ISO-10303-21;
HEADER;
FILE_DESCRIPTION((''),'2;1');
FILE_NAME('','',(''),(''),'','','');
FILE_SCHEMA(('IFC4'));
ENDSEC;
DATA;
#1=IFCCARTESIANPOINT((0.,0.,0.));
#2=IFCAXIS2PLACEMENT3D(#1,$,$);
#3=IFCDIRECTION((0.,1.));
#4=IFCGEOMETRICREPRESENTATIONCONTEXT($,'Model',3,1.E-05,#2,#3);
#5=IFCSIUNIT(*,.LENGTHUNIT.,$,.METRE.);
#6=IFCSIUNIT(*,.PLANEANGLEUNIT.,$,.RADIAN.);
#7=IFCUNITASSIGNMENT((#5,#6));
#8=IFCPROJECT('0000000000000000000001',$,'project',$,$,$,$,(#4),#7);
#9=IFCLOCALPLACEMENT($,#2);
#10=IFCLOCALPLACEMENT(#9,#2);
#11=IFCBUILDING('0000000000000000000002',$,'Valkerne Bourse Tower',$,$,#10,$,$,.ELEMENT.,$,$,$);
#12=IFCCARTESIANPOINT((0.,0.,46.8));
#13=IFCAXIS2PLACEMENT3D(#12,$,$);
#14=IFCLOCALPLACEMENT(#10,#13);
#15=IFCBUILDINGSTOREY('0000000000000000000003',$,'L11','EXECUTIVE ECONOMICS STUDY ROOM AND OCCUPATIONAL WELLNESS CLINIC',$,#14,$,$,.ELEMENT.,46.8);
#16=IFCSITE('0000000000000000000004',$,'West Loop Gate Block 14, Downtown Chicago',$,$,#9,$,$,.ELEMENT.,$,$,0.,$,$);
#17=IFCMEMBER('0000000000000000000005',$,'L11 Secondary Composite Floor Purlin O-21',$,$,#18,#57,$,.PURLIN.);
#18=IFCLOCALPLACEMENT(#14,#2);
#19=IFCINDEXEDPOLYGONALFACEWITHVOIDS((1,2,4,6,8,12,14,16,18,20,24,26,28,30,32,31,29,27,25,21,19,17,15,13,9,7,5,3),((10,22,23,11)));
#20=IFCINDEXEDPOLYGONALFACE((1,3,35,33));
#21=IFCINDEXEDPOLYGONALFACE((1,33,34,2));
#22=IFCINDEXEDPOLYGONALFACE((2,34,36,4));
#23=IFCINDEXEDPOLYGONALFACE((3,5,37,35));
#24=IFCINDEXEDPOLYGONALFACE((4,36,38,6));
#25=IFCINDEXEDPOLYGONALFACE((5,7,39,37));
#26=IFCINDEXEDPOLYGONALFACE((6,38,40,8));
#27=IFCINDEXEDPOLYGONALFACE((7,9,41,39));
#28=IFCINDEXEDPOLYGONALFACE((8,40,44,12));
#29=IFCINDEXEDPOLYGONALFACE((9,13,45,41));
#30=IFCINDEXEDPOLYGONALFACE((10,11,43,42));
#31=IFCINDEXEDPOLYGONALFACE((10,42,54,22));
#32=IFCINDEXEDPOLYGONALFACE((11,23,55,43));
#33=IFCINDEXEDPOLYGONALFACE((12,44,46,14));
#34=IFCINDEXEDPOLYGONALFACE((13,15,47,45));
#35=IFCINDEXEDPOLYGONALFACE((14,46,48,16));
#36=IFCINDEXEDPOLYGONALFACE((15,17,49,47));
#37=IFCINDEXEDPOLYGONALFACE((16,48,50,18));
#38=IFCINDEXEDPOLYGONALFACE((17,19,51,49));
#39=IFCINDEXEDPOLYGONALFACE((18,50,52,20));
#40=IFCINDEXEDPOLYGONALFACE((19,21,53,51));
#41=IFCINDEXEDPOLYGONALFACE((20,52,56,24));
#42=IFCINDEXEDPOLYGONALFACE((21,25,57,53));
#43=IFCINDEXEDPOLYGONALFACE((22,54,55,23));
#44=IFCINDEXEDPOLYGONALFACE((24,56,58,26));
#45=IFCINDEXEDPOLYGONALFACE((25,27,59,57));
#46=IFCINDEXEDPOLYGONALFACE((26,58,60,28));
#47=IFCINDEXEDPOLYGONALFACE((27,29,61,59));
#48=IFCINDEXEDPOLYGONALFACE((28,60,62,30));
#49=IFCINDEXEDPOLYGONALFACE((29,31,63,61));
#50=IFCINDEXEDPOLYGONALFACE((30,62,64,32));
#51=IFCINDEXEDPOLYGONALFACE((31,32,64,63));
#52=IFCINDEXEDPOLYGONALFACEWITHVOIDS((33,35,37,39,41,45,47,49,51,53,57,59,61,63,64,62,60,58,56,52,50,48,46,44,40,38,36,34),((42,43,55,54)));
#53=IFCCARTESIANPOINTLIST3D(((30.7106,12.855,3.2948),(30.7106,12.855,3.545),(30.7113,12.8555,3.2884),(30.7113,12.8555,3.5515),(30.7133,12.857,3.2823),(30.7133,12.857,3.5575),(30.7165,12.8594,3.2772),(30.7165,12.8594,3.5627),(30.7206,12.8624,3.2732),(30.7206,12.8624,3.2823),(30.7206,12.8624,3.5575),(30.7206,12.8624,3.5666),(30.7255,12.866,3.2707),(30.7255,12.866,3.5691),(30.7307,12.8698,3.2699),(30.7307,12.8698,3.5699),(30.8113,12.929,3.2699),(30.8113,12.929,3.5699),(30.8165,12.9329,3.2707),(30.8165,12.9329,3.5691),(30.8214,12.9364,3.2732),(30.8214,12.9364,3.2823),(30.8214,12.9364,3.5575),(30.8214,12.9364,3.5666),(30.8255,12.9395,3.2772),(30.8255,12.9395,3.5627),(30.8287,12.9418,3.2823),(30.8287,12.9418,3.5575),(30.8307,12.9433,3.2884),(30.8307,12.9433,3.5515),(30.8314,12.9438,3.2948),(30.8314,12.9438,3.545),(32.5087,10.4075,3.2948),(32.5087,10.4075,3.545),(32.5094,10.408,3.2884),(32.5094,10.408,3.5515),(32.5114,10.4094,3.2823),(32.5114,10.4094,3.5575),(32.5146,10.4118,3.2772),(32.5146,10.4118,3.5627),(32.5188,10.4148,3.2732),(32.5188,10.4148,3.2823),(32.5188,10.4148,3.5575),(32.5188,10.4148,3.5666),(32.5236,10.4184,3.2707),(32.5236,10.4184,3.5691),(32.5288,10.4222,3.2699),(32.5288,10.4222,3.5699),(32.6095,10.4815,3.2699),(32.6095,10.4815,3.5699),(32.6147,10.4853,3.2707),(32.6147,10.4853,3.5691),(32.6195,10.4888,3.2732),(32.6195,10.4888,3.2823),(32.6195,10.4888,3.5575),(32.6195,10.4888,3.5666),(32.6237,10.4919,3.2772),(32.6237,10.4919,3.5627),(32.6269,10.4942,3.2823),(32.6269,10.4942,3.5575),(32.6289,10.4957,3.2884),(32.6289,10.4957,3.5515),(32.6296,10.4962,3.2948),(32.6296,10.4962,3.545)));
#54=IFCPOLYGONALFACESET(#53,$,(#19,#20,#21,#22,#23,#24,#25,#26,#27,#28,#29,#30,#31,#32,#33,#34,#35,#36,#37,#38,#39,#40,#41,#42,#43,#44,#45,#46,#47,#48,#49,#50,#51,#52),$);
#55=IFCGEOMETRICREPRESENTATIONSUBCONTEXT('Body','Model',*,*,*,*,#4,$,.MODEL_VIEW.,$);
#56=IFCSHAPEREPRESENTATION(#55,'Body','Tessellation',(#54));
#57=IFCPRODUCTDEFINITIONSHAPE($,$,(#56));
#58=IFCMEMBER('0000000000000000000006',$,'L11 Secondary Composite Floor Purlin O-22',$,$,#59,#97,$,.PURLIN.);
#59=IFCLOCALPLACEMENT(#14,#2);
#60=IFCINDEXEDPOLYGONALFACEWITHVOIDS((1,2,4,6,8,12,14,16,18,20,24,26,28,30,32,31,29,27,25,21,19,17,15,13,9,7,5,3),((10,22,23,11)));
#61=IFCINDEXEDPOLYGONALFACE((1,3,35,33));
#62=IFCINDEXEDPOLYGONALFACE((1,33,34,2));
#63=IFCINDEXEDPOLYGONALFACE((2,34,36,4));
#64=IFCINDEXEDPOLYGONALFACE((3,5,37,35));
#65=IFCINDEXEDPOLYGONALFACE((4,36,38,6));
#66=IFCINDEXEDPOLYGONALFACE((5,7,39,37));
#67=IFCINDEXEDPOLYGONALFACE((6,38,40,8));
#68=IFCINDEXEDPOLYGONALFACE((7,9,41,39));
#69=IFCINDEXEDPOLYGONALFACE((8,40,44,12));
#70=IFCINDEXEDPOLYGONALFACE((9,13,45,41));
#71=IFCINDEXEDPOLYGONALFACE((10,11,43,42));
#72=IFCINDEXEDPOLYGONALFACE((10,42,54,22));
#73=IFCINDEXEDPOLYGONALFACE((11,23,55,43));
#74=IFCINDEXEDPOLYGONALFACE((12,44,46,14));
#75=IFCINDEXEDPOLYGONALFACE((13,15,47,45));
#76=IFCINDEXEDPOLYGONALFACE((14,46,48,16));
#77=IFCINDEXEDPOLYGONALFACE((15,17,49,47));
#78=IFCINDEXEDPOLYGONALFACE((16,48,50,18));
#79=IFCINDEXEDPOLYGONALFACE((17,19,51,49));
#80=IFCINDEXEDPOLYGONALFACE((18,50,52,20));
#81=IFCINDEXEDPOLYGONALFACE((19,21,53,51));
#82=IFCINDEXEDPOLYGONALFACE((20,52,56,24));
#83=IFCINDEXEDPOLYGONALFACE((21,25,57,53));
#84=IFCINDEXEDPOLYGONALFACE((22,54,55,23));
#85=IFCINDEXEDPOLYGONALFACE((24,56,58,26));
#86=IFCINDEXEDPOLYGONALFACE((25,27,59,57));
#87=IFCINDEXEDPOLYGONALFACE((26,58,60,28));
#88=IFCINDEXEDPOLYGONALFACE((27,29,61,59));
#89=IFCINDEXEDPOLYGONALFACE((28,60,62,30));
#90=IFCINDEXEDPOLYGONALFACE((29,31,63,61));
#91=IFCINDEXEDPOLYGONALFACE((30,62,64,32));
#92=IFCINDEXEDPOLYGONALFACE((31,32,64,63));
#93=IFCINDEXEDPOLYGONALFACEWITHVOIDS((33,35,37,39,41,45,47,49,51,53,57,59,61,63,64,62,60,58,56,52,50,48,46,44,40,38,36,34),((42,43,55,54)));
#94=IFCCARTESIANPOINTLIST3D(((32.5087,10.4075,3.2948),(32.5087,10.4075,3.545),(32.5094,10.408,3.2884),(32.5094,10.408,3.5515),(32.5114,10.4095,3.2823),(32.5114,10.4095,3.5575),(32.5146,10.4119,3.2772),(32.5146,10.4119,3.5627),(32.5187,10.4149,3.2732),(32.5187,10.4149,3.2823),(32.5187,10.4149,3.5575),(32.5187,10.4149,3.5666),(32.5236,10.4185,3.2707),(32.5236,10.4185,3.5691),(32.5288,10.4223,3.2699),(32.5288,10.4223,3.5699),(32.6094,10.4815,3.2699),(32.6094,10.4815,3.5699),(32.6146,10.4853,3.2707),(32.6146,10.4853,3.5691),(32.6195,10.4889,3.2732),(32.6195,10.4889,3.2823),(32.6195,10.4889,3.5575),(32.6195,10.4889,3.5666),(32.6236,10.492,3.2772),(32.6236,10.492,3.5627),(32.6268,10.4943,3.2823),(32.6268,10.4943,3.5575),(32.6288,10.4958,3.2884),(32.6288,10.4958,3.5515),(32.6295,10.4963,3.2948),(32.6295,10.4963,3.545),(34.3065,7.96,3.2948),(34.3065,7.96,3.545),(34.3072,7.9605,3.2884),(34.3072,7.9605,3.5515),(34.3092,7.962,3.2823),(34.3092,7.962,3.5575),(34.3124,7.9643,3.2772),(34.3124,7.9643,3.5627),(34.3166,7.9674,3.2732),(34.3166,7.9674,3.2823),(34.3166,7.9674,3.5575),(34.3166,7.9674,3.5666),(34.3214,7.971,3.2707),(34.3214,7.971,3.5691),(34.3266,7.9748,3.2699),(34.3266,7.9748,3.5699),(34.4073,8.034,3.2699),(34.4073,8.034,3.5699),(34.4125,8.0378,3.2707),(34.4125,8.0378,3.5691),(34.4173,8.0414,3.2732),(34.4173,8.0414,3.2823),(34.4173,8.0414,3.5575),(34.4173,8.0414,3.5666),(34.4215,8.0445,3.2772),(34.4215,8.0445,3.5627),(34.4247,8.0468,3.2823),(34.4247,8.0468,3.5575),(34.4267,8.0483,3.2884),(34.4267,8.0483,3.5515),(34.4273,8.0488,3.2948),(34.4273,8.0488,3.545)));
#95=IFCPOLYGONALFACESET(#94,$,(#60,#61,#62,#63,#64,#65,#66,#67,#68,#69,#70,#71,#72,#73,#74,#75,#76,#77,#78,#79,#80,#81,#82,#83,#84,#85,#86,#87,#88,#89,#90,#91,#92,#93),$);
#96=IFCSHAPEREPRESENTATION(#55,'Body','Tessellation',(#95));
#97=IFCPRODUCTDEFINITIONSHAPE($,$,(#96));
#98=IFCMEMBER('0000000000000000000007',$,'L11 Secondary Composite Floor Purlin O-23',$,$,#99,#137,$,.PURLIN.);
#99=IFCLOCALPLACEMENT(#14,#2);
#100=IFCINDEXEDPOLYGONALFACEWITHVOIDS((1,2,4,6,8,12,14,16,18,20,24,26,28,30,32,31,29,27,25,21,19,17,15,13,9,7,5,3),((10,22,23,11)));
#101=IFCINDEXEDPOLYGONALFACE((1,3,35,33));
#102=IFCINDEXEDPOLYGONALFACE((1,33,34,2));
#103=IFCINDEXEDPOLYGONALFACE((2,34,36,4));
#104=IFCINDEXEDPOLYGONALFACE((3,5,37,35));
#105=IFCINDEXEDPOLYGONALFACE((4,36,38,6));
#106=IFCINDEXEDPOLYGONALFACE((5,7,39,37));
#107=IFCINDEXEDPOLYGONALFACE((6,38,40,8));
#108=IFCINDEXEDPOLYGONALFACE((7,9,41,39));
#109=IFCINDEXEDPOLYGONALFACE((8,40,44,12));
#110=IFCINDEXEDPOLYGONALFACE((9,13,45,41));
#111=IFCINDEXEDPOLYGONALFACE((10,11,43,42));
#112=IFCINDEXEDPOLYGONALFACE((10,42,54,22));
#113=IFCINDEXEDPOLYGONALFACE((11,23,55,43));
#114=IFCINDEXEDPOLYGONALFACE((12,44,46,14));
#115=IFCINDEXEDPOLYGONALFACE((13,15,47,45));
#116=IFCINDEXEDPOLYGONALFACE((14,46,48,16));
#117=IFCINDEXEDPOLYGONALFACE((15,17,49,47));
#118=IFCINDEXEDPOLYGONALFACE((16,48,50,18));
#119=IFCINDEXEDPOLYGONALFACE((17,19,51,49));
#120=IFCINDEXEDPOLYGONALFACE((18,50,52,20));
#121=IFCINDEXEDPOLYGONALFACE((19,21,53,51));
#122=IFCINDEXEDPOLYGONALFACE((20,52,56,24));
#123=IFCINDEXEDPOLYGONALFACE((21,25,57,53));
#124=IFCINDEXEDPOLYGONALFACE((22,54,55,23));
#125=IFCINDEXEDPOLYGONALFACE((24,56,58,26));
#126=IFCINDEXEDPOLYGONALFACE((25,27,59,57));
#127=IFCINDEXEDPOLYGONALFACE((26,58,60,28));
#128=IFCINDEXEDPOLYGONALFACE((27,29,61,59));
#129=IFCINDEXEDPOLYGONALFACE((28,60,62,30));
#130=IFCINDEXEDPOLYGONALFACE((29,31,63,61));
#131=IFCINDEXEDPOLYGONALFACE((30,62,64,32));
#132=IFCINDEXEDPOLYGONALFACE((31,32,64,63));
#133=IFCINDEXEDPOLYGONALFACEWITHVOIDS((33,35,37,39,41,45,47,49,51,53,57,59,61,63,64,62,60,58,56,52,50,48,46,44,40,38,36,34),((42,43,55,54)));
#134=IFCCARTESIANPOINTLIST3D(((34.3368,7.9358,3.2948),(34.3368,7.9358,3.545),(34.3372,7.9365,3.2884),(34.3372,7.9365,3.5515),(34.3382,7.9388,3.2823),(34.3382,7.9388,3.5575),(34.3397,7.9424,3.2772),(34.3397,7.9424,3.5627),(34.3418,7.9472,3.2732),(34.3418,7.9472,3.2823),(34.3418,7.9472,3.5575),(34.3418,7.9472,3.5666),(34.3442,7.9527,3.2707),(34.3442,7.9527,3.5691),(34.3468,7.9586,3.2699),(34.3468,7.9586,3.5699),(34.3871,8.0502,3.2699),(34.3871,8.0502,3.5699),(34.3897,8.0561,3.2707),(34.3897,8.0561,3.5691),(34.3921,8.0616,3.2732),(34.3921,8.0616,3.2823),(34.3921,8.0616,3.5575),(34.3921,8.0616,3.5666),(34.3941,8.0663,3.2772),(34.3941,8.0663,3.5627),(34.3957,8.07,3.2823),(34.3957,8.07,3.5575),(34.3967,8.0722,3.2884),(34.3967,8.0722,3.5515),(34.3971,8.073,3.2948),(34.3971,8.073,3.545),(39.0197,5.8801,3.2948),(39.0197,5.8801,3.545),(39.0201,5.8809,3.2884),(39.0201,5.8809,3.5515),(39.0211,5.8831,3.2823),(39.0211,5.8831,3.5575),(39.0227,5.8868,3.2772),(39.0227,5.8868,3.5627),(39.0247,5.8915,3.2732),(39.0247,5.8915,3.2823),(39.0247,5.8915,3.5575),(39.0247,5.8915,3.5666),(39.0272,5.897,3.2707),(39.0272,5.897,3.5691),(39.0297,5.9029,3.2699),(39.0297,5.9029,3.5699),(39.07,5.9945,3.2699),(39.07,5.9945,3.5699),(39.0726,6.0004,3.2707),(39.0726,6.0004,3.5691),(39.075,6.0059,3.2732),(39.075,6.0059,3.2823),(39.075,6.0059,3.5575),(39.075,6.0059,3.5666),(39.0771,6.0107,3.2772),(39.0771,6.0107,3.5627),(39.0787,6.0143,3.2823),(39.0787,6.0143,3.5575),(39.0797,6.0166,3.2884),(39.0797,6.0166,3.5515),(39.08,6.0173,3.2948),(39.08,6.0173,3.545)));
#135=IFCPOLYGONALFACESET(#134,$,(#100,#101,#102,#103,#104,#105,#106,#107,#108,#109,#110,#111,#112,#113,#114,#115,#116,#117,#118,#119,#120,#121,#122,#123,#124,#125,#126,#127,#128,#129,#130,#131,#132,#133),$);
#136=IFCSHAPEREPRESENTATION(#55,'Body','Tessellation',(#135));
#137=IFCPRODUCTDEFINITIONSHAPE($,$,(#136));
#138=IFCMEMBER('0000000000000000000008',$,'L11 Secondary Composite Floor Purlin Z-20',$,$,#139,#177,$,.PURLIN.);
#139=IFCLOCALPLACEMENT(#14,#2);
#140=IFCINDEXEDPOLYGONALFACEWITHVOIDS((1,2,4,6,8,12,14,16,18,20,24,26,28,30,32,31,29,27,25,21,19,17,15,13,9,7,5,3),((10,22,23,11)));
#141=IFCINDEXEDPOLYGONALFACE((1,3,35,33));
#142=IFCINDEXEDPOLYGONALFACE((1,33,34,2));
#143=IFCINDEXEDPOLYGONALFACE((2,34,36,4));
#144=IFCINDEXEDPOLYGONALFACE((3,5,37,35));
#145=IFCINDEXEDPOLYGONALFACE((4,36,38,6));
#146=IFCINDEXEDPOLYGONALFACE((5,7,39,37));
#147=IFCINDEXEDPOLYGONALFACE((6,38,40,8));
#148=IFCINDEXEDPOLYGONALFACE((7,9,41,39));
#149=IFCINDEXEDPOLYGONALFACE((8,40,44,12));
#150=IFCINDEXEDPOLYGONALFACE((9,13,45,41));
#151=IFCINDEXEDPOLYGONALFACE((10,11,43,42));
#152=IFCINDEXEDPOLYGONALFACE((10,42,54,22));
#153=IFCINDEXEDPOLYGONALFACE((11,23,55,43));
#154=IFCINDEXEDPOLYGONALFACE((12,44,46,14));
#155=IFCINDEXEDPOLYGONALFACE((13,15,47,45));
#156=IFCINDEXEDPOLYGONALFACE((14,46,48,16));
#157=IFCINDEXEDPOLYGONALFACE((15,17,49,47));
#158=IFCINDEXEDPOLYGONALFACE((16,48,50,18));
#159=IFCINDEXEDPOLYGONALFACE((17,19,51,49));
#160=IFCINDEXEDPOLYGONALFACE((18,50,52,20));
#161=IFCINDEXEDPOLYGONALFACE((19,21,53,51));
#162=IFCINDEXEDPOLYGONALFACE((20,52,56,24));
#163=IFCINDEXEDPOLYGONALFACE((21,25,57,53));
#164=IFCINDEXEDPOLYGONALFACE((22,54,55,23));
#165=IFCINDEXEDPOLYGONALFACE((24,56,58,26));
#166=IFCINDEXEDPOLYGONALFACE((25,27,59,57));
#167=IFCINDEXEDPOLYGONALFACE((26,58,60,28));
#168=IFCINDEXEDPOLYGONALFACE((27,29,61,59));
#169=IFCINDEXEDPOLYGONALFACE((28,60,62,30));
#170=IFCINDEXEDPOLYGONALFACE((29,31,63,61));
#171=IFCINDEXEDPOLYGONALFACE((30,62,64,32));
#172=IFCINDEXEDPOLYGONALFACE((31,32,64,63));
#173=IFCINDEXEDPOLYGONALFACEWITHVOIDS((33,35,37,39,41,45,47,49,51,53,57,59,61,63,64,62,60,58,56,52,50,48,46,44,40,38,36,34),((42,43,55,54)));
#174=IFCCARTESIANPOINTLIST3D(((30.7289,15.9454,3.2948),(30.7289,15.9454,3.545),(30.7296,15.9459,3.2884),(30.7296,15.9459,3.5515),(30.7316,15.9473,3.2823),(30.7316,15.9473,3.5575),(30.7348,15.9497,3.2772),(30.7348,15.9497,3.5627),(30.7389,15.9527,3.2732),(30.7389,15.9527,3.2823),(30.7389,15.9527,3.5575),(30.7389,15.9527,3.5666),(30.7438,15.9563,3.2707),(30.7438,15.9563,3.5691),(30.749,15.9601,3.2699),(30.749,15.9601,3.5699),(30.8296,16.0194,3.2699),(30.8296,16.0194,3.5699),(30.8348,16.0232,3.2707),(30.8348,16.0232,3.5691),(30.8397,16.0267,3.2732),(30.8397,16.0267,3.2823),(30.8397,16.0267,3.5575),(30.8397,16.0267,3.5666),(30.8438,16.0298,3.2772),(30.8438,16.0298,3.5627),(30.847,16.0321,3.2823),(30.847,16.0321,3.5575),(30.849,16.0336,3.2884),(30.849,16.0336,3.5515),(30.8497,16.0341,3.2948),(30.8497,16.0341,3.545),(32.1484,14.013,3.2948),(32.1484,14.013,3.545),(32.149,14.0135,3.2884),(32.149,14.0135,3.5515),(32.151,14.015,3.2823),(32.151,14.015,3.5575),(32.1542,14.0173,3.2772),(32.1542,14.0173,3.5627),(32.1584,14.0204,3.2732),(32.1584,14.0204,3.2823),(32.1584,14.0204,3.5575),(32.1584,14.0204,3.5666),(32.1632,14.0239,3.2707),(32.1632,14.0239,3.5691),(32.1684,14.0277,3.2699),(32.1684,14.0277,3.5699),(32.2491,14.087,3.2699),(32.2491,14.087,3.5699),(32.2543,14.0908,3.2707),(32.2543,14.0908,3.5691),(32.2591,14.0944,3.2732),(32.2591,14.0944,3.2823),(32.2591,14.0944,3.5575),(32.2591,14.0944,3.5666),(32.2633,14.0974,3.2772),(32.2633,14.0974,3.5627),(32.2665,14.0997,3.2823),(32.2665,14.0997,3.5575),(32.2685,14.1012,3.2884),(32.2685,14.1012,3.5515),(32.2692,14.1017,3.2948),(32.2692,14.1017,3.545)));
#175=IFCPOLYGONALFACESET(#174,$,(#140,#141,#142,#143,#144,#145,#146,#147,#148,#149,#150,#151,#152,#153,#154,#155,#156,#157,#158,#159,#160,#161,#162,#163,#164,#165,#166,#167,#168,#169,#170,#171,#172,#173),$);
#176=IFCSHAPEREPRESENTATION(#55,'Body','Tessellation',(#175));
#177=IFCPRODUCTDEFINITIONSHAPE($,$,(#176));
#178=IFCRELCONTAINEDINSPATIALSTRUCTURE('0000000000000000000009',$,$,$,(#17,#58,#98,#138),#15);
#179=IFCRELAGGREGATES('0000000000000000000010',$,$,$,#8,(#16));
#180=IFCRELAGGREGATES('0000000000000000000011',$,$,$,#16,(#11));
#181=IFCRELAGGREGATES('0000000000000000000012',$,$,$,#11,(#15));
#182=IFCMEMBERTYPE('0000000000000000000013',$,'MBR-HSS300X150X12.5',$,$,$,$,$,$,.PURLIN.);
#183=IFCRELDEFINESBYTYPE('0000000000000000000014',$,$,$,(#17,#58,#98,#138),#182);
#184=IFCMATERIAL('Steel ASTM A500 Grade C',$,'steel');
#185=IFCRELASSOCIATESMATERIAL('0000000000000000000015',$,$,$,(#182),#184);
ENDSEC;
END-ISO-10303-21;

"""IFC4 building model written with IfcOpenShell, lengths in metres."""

from ifc_helpers import new_model, si_unit, direction, frame, origin, origin_2d, place, context, subcontext, project, spatial, hollow_rectangle, extrude, material, material_profile, profile_set, type_object, element, save


model = new_model("IFC4")

# Units and contexts
model_context = context("Model", 3, precision=1e-05, world=origin(), true_north=direction((0.0, 1.0)))
body_context = subcontext(model_context, "Body", "Model", "MODEL_VIEW")
ifc_project = project(units=[si_unit("LENGTHUNIT", "METRE"), si_unit("PLANEANGLEUNIT", "RADIAN")], contexts=[model_context])

# Site, building, storey
site_placement = place(None, origin())
site = spatial("IfcSite", under=ifc_project, at=site_placement, Name="West Loop Gate Block 14, Downtown Chicago", CompositionType="ELEMENT", RefElevation=0.0)
building_placement = place(site_placement, origin())
building = spatial("IfcBuilding", under=site, at=building_placement, Name="Valkerne Bourse Tower", CompositionType="ELEMENT")
storey_placement = place(building_placement, frame((0.0, 0.0, 46.8)))
storey = spatial("IfcBuildingStorey", under=building, at=storey_placement, Name="L11", Description="EXECUTIVE ECONOMICS STUDY ROOM AND OCCUPATIONAL WELLNESS CLINIC", CompositionType="ELEMENT", Elevation=46.8)

# Members
ifc_material_1 = material(Name="Steel ASTM A500 Grade C", Category="steel")
ifc_material_profile_1 = material_profile(ifc_material_1, hollow_rectangle(XDim=0.1499, YDim=0.3, WallThickness=0.0125, OuterFilletRadius=0.0249, at=origin_2d()), Name="HSS300X150X12.5")
ifc_profile_set_1 = profile_set([ifc_material_profile_1], Name="Steel ASTM A500 Grade C")
member_type_1 = type_object("IfcMemberType", Name="MBR-HSS300X150X12.5", PredefinedType="PURLIN", material=ifc_profile_set_1)
member_1_placement = place(storey_placement, frame((30.771, 12.8994, 3.4199), z_axis=(0.59206, -0.805894, 0.0), x_axis=(0.805894, 0.59206, 0.0)))
element("IfcMember", 1, at=member_1_placement, inside=storey, type_object=member_type_1, Name="L11 Secondary Composite Floor Purlin O-21", PredefinedType="PURLIN", context=body_context, shape_type="SweptSolid", body=[
    extrude(hollow_rectangle(XDim=0.1499, YDim=0.3, WallThickness=0.0125, OuterFilletRadius=0.0249, at=origin_2d()), origin(), (0.0, 0.0, 1.0), 3.0371),
])
member_2_placement = place(storey_placement, frame((32.5691, 10.4519, 3.4199), z_axis=(0.592008, -0.805932, 0.0), x_axis=(0.805932, 0.592008, 0.0)))
element("IfcMember", 2, at=member_2_placement, inside=storey, type_object=member_type_1, Name="L11 Secondary Composite Floor Purlin O-22", PredefinedType="PURLIN", context=body_context, shape_type="SweptSolid", body=[
    extrude(hollow_rectangle(XDim=0.1499, YDim=0.3, WallThickness=0.0125, OuterFilletRadius=0.0249, at=origin_2d()), origin(), (0.0, 0.0, 1.0), 3.0369),
])
member_3_placement = place(storey_placement, frame((34.3669, 8.0044, 3.4199), z_axis=(0.91566, -0.401953, 0.0), x_axis=(0.401953, 0.91566, 0.0)))
element("IfcMember", 3, at=member_3_placement, inside=storey, type_object=member_type_1, Name="L11 Secondary Composite Floor Purlin O-23", PredefinedType="PURLIN", context=body_context, shape_type="SweptSolid", body=[
    extrude(hollow_rectangle(XDim=0.1499, YDim=0.3, WallThickness=0.0125, OuterFilletRadius=0.0249, at=origin_2d()), origin(), (0.0, 0.0, 1.0), 5.1143),
])
for number, where, z_axis, x_axis, name in (
    (4, (30.7893, 15.9897, 3.4199), (0.592004, -0.805935, 0.0), (0.805935, 0.592004, 0.0), "L11 Secondary Composite Floor Purlin Z-20"),
):
    element("IfcMember", number, at=place(storey_placement, frame(where, z_axis=z_axis, x_axis=x_axis)), inside=storey, type_object=member_type_1, Name=name, PredefinedType="PURLIN", context=body_context, shape_type="SweptSolid", body=[
        extrude(hollow_rectangle(XDim=0.1499, YDim=0.3, WallThickness=0.0125, OuterFilletRadius=0.0249, at=origin_2d()), origin(), (0.0, 0.0, 1.0), 2.3977),
    ])

save(model, "model.ifc")
